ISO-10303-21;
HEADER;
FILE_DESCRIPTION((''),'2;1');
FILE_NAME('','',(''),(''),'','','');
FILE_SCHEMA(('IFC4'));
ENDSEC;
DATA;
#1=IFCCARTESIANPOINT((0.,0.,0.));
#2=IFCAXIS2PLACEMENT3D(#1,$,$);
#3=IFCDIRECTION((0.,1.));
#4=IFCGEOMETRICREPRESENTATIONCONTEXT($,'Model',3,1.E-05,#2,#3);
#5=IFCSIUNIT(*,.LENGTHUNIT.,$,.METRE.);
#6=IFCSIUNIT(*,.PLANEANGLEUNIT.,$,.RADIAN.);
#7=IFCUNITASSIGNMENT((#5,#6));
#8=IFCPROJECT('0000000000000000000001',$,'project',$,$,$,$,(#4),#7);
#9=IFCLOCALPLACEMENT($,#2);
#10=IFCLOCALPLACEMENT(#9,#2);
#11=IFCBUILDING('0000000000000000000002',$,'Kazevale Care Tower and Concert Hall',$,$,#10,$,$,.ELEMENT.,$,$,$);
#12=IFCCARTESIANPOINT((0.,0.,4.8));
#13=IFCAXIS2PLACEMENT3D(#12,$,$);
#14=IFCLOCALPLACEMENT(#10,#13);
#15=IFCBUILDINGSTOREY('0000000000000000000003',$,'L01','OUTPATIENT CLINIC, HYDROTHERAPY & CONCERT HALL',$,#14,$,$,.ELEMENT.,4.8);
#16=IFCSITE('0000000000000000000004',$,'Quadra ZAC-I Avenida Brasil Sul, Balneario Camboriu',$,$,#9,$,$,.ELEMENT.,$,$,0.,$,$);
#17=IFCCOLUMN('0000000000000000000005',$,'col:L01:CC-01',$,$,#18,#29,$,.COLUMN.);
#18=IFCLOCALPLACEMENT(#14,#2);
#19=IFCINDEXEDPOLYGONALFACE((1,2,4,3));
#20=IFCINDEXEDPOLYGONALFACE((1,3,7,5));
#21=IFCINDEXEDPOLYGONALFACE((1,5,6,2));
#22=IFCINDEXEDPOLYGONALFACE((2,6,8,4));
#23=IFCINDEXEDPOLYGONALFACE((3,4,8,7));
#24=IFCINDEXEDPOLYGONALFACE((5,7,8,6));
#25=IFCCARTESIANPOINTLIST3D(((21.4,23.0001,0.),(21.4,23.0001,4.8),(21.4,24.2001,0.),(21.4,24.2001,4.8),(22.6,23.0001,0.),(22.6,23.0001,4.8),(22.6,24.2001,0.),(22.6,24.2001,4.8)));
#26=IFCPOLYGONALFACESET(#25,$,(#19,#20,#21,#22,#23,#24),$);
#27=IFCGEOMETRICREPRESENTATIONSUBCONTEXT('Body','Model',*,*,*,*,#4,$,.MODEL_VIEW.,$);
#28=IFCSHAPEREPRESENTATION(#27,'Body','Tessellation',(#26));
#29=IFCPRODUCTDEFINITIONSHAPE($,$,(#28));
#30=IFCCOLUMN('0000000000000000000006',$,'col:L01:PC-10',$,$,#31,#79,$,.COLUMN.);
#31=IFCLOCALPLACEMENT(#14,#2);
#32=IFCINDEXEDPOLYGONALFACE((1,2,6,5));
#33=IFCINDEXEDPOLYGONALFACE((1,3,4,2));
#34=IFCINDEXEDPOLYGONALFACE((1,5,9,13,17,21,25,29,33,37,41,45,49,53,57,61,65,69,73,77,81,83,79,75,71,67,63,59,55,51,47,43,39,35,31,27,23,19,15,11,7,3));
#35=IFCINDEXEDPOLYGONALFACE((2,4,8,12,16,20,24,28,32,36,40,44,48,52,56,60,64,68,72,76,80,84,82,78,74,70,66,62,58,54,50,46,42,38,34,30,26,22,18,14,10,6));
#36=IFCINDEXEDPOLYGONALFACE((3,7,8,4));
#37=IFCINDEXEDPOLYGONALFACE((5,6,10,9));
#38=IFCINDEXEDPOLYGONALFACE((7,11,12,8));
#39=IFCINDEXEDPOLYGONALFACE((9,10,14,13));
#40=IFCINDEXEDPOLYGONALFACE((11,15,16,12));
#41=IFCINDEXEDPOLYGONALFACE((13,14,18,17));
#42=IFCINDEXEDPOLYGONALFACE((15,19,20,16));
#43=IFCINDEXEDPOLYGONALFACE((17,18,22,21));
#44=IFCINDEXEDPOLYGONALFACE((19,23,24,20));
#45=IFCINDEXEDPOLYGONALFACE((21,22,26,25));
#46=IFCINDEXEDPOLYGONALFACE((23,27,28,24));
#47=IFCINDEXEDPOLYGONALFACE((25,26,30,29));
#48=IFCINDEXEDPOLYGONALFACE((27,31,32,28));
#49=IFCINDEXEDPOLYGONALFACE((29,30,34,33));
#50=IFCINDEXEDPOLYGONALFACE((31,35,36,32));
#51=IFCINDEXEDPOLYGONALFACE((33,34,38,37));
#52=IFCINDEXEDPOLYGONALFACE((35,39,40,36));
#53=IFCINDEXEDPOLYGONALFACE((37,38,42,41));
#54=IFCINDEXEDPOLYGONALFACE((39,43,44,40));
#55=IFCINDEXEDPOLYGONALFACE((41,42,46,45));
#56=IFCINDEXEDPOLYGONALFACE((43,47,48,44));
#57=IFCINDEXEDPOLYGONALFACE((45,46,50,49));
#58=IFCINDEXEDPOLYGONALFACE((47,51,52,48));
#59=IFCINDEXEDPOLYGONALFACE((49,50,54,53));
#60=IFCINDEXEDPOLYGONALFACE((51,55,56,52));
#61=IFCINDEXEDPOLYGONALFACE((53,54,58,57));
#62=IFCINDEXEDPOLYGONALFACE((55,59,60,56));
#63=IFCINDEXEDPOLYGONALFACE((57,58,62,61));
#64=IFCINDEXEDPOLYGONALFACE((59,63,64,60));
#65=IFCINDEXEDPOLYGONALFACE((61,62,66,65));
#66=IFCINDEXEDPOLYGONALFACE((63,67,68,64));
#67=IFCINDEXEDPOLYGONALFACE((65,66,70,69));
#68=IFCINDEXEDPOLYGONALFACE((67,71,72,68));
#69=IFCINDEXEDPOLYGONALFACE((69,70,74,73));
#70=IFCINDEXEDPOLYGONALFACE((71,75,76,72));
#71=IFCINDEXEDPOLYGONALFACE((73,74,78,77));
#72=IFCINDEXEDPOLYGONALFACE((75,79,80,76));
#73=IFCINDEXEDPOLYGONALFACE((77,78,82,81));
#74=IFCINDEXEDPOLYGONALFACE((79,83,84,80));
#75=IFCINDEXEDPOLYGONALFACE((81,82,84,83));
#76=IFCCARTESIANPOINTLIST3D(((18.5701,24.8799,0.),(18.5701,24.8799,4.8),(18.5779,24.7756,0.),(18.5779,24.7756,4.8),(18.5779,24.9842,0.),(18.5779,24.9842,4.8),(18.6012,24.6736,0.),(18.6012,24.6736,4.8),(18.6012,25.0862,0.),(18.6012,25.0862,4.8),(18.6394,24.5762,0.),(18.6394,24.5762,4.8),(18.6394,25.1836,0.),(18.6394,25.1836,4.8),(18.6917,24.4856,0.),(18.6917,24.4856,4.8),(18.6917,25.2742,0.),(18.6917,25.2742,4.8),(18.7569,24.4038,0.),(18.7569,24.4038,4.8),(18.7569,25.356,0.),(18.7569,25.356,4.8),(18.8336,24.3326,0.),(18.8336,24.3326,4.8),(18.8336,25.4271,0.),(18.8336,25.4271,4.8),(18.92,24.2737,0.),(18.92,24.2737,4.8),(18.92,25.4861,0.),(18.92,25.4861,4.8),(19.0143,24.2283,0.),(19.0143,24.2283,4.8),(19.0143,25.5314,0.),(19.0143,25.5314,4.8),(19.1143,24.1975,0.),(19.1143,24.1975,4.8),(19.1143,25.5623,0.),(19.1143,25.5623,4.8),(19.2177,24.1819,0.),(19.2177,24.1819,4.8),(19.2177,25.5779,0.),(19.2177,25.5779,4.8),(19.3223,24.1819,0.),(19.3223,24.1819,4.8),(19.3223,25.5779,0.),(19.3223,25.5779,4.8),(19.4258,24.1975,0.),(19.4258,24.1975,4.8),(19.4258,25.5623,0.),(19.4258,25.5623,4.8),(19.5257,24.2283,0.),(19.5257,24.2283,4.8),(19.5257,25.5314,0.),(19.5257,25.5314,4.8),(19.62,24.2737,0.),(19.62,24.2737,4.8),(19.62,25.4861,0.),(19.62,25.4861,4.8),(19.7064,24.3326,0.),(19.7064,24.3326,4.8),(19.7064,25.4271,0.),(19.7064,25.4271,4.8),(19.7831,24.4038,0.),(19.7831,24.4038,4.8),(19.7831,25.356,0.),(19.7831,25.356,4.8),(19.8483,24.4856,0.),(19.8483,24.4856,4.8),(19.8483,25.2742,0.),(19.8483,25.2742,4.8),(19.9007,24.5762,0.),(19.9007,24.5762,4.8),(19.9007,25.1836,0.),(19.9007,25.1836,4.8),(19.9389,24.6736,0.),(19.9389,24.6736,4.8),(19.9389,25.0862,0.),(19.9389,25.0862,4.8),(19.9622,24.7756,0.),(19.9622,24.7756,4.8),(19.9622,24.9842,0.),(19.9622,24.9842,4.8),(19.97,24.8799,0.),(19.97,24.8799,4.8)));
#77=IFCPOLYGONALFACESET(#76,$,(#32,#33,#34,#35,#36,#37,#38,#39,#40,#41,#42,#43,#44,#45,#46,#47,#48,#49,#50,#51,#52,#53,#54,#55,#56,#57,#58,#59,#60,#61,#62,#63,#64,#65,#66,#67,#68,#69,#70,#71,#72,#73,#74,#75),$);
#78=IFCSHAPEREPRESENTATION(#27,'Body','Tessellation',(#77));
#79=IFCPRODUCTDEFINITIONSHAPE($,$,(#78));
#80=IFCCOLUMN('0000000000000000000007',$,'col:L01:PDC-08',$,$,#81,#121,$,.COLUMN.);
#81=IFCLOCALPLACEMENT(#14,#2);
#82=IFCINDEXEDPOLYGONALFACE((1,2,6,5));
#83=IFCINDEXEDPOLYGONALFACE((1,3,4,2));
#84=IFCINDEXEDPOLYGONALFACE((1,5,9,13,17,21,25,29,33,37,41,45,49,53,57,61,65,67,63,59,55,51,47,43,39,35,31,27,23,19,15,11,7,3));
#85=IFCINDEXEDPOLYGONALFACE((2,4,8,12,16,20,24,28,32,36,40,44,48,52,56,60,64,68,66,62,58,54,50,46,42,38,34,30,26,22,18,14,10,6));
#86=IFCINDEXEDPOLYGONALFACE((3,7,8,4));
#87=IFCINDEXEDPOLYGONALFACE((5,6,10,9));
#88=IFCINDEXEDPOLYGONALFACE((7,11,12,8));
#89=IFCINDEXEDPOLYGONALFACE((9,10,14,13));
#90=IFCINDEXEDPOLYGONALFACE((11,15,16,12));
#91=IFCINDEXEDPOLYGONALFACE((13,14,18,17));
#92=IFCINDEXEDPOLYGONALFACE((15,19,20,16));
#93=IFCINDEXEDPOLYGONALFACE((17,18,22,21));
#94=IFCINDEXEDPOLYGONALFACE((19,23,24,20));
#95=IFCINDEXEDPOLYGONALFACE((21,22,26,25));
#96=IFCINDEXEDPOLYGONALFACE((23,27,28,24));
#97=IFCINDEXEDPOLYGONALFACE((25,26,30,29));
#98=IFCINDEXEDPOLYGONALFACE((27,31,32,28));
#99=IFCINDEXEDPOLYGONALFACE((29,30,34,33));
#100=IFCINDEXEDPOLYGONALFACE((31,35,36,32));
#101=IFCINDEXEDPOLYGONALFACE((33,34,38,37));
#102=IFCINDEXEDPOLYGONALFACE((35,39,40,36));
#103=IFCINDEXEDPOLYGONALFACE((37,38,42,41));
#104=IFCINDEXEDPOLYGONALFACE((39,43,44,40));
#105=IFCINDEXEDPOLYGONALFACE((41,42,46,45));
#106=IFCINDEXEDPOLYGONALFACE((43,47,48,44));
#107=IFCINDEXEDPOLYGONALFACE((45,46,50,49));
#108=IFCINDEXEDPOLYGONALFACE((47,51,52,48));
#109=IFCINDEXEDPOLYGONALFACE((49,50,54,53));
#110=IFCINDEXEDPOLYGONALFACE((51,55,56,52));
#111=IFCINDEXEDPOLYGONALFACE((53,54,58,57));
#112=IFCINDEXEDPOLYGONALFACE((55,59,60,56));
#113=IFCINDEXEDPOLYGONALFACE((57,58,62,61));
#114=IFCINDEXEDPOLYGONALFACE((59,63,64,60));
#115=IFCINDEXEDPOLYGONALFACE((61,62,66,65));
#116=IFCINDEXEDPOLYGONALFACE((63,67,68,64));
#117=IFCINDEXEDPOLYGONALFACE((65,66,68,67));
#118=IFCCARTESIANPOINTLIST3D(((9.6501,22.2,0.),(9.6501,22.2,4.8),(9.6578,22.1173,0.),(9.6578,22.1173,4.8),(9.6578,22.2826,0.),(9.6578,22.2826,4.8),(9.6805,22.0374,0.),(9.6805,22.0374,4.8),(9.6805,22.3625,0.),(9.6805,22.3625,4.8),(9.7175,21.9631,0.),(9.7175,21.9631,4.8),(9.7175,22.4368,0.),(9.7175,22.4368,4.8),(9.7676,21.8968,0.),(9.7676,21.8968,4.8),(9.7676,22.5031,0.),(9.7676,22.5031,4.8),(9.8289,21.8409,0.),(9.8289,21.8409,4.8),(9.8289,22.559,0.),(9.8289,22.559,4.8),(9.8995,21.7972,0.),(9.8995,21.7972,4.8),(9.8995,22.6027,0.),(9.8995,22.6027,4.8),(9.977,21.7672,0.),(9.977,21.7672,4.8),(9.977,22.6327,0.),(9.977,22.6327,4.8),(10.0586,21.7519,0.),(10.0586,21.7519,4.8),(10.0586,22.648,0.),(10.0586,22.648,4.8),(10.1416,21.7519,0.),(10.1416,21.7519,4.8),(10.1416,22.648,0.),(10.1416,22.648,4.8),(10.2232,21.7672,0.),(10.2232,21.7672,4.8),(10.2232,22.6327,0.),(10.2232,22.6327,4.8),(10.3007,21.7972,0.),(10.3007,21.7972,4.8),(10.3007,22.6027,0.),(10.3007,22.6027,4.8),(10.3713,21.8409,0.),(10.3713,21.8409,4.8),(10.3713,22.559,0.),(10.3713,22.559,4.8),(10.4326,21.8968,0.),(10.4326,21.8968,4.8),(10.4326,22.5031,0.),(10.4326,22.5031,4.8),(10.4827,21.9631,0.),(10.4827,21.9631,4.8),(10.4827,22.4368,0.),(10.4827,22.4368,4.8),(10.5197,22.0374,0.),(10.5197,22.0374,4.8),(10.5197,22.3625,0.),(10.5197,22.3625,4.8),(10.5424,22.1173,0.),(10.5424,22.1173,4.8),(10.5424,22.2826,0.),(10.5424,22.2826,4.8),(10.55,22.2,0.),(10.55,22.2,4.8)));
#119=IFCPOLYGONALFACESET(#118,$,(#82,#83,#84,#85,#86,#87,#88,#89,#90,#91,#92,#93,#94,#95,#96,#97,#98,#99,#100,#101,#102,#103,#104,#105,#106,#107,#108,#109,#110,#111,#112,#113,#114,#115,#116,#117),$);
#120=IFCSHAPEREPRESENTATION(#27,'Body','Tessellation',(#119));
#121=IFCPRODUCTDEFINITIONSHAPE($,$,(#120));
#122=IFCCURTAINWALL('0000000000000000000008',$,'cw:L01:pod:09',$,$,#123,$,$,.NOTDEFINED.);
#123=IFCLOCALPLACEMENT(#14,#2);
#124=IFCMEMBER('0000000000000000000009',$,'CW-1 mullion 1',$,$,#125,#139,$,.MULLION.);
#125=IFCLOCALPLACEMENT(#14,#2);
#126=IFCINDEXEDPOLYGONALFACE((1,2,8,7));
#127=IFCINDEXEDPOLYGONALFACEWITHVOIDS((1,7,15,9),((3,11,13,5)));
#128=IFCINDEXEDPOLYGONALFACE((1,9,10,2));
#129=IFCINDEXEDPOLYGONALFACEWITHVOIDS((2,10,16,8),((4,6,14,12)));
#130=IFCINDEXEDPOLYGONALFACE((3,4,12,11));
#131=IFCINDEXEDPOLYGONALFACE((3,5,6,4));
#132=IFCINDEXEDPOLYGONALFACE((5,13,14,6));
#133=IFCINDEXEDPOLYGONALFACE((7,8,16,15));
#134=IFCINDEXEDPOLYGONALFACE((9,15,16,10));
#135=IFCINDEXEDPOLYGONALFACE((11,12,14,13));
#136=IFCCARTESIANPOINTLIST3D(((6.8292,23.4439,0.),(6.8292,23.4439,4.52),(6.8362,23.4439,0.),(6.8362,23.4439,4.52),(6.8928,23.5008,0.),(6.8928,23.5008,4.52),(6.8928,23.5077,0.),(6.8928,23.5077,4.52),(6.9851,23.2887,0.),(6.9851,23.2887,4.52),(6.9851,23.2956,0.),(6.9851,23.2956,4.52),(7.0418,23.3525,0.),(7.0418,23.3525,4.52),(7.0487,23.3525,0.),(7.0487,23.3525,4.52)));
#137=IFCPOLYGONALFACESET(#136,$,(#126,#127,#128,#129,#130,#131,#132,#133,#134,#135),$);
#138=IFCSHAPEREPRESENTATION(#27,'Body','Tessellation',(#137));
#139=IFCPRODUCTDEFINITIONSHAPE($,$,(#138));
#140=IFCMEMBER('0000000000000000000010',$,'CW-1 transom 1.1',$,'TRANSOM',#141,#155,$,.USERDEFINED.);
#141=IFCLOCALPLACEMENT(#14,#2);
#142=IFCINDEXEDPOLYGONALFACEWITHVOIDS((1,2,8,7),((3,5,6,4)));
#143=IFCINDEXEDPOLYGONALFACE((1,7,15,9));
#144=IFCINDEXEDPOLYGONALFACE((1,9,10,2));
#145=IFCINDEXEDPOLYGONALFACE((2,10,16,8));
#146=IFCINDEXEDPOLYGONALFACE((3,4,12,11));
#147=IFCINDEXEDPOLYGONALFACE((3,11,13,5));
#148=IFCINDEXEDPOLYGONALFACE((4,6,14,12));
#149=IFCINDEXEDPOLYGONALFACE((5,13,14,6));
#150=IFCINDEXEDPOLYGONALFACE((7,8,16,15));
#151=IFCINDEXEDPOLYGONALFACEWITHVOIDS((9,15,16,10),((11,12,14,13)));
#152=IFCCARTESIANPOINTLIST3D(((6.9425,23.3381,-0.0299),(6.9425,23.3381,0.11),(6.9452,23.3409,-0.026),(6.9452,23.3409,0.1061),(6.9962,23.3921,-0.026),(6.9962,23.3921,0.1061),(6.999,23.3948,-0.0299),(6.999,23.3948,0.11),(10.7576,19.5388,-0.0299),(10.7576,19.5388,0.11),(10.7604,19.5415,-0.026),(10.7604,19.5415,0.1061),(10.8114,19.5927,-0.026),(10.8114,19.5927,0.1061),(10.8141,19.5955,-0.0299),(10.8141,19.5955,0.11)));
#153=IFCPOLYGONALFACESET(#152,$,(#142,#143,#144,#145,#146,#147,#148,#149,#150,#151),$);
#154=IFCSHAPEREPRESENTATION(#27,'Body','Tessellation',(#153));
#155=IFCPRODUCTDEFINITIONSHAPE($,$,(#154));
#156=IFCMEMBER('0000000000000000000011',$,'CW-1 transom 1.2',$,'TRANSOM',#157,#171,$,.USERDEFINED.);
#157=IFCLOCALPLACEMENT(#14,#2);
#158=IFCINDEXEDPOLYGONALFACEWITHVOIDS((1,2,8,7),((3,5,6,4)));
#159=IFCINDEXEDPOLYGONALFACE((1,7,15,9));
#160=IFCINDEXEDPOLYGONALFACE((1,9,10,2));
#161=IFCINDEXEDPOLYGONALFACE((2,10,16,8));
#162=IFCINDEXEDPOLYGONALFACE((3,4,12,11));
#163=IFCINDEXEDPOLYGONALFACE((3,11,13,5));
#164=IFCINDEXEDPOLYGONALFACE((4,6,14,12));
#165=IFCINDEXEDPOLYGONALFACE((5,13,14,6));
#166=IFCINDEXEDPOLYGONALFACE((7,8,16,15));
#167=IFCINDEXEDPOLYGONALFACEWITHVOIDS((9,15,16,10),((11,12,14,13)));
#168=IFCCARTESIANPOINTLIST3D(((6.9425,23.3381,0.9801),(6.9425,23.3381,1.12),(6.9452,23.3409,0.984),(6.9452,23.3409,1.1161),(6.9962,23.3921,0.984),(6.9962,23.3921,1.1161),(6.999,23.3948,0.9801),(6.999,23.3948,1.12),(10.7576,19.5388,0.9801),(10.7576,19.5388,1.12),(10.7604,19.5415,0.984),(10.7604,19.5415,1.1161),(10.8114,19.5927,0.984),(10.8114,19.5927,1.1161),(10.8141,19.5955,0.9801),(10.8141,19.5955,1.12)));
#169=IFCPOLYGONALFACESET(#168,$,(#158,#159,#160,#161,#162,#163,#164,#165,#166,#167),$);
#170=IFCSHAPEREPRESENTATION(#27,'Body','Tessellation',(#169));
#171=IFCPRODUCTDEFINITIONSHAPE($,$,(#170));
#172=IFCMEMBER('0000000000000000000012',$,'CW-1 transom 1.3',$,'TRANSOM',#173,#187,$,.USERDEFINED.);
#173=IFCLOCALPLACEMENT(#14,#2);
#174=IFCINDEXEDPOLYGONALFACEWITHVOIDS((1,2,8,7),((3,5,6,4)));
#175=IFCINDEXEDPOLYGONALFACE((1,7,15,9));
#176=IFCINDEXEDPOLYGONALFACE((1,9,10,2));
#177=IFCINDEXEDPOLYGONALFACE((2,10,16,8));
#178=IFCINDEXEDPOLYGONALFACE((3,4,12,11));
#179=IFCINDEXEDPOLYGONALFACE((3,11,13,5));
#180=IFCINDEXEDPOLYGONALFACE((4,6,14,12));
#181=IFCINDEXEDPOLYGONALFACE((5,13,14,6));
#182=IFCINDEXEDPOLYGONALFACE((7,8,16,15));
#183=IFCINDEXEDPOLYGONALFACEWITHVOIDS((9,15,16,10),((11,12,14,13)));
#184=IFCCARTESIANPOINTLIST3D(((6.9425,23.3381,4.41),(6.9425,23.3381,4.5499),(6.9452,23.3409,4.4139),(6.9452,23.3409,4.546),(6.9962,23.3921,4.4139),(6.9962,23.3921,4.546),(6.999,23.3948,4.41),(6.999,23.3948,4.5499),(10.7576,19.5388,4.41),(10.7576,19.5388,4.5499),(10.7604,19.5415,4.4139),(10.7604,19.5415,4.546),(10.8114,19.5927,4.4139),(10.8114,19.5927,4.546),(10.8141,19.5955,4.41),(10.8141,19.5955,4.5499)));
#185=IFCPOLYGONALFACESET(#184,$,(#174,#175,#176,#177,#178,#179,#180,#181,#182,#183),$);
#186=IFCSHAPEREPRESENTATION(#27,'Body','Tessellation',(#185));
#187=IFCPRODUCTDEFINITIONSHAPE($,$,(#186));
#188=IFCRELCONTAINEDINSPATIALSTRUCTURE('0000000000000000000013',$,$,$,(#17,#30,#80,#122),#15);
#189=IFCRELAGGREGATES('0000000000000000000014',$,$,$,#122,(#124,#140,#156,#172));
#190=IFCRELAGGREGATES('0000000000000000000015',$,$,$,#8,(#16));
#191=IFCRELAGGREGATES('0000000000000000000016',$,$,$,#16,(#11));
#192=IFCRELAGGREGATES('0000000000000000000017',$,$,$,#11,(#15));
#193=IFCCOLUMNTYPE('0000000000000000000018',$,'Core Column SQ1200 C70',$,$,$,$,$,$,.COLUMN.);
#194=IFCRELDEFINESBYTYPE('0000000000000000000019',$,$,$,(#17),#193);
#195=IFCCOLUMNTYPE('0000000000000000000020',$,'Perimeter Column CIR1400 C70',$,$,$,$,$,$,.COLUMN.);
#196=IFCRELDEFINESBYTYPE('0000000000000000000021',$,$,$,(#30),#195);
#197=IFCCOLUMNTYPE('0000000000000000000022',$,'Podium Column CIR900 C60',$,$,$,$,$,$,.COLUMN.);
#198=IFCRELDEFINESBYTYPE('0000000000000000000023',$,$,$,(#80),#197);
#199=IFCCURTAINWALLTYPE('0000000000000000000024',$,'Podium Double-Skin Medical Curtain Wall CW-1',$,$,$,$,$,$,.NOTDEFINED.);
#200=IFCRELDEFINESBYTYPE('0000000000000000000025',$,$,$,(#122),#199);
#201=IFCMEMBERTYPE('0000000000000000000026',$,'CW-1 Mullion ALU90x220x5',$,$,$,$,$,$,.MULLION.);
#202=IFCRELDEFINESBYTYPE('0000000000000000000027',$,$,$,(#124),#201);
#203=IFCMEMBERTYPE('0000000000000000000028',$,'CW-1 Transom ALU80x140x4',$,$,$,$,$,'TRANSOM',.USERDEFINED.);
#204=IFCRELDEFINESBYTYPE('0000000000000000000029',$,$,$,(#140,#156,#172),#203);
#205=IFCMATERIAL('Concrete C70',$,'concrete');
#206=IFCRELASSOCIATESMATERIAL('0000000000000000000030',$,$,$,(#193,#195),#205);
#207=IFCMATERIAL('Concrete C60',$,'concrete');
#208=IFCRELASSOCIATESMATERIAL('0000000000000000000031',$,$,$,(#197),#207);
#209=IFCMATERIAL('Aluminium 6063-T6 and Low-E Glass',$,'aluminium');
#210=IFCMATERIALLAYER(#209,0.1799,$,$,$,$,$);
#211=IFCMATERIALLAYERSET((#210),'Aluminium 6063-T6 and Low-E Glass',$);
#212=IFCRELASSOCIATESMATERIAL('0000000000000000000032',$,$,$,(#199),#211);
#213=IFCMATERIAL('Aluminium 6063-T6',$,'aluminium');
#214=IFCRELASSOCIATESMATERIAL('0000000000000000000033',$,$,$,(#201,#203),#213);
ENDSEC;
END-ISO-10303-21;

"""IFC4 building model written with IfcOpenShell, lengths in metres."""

from ifc_helpers import new_model, si_unit, direction, frame, origin, origin_2d, place, context, subcontext, project, spatial, rectangle, hollow_rectangle, circle, extrude, material, layer, layer_set, material_profile, profile_set, type_object, element, aggregate, save


model = new_model("IFC4")

# Units and contexts
model_context = context("Model", 3, precision=1e-05, world=origin(), true_north=direction((0.0, 1.0)))
body_context = subcontext(model_context, "Body", "Model", "MODEL_VIEW")
ifc_project = project(units=[si_unit("LENGTHUNIT", "METRE"), si_unit("PLANEANGLEUNIT", "RADIAN")], contexts=[model_context])

# Site, building, storey
site_placement = place(None, origin())
site = spatial("IfcSite", under=ifc_project, at=site_placement, Name="Quadra ZAC-I Avenida Brasil Sul, Balneario Camboriu", CompositionType="ELEMENT", RefElevation=0.0)
building_placement = place(site_placement, origin())
building = spatial("IfcBuilding", under=site, at=building_placement, Name="Kazevale Care Tower and Concert Hall", CompositionType="ELEMENT")
storey_placement = place(building_placement, frame((0.0, 0.0, 4.8)))
storey = spatial("IfcBuildingStorey", under=building, at=storey_placement, Name="L01", Description="OUTPATIENT CLINIC, HYDROTHERAPY & CONCERT HALL", CompositionType="ELEMENT", Elevation=4.8)

# Columns
ifc_material_1 = material(Name="Concrete C70", Category="concrete")
ifc_material_profile_1 = material_profile(ifc_material_1, rectangle(XDim=1.2, YDim=1.2, at=origin_2d()), Name="RC-SQ1200")
ifc_profile_set_1 = profile_set([ifc_material_profile_1], Name="Concrete C70")
column_type_1 = type_object("IfcColumnType", Name="Core Column SQ1200 C70", PredefinedType="COLUMN", material=ifc_profile_set_1)
column_1_placement = place(storey_placement, frame((22.0, 23.6001, 0.0), z_axis=(0.0, 0.0, 1.0), x_axis=(1.0, 0.0, 0.0)))
element("IfcColumn", 1, at=column_1_placement, inside=storey, type_object=column_type_1, Name="col:L01:CC-01", PredefinedType="COLUMN", context=body_context, shape_type="SweptSolid", body=[
    extrude(rectangle(XDim=1.2, YDim=1.2, at=origin_2d()), origin(), (0.0, 0.0, 1.0), 4.8),
])
ifc_material_profile_2 = material_profile(ifc_material_1, circle(Radius=0.7, at=origin_2d()), Name="RC-CIR1400")
ifc_profile_set_2 = profile_set([ifc_material_profile_2], Name="Concrete C70")
column_type_2 = type_object("IfcColumnType", Name="Perimeter Column CIR1400 C70", PredefinedType="COLUMN", material=ifc_profile_set_2)
column_2_placement = place(storey_placement, frame((19.27, 24.8799, 0.0), z_axis=(0.0, 0.0, 1.0), x_axis=(1.0, 0.0, 0.0)))
element("IfcColumn", 2, at=column_2_placement, inside=storey, type_object=column_type_2, Name="col:L01:PC-10", PredefinedType="COLUMN", context=body_context, shape_type="SweptSolid", body=[
    extrude(circle(Radius=0.7, at=origin_2d()), origin(), (0.0, 0.0, 1.0), 4.8),
])
ifc_material_2 = material(Name="Concrete C60", Category="concrete")
ifc_material_profile_3 = material_profile(ifc_material_2, circle(Radius=0.45, at=origin_2d()), Name="RC-CIR900")
ifc_profile_set_3 = profile_set([ifc_material_profile_3], Name="Concrete C60")
column_type_3 = type_object("IfcColumnType", Name="Podium Column CIR900 C60", PredefinedType="COLUMN", material=ifc_profile_set_3)
column_3_placement = place(storey_placement, frame((10.1001, 22.2, 0.0), z_axis=(0.0, 0.0, 1.0), x_axis=(1.0, 0.0, 0.0)))
element("IfcColumn", 3, at=column_3_placement, inside=storey, type_object=column_type_3, Name="col:L01:PDC-08", PredefinedType="COLUMN", context=body_context, shape_type="SweptSolid", body=[
    extrude(circle(Radius=0.45, at=origin_2d()), origin(), (0.0, 0.0, 1.0), 4.8),
])

# Curtain wall, members
ifc_material_3 = material(Name="Aluminium 6063-T6 and Low-E Glass", Category="aluminium")
ifc_layer_1 = layer(ifc_material_3, 0.1799)
ifc_layer_set_1 = layer_set([ifc_layer_1], Name="Aluminium 6063-T6 and Low-E Glass")
curtain_wall_type = type_object("IfcCurtainWallType", Name="Podium Double-Skin Medical Curtain Wall CW-1", PredefinedType="NOTDEFINED", material=ifc_layer_set_1)
curtain_wall_placement = place(storey_placement, origin())
curtain_wall = element("IfcCurtainWall", 4, at=curtain_wall_placement, inside=storey, type_object=curtain_wall_type, Name="cw:L01:pod:09", PredefinedType="NOTDEFINED")
ifc_material_4 = material(Name="Aluminium 6063-T6", Category="aluminium")
ifc_material_profile_4 = material_profile(ifc_material_4, hollow_rectangle(XDim=0.0901, YDim=0.22, WallThickness=0.0049, at=origin_2d()), Name="ALU90x220x5")
ifc_profile_set_4 = profile_set([ifc_material_profile_4], Name="Aluminium 6063-T6")
member_type_1 = type_object("IfcMemberType", Name="CW-1 Mullion ALU90x220x5", PredefinedType="MULLION", material=ifc_profile_set_4)
member_1_placement = place(storey_placement, frame((6.939, 23.3982, 0.0), z_axis=(0.0, 0.0, 1.0), x_axis=(0.705656, 0.708555, 0.0)))
member_1 = element("IfcMember", 5, at=member_1_placement, type_object=member_type_1, Name="CW-1 mullion 1", PredefinedType="MULLION", context=body_context, shape_type="SweptSolid", body=[
    extrude(hollow_rectangle(XDim=0.0901, YDim=0.22, WallThickness=0.0049, at=origin_2d()), origin(), (0.0, 0.0, 1.0), 4.52),
])
ifc_material_profile_5 = material_profile(ifc_material_4, hollow_rectangle(XDim=0.0801, YDim=0.1399, WallThickness=0.0039, at=origin_2d()), Name="ALU80x140x4")
ifc_profile_set_5 = profile_set([ifc_material_profile_5], Name="Aluminium 6063-T6")
member_type_2 = type_object("IfcMemberType", Name="CW-1 Transom ALU80x140x4", ElementType="TRANSOM", PredefinedType="USERDEFINED", material=ifc_profile_set_5)
member_2_placement = place(storey_placement, frame((6.9707, 23.3665, 0.04), z_axis=(0.708579, -0.705632, 0.0), x_axis=(0.705632, 0.708579, 0.0)))
member_2 = element("IfcMember", 6, at=member_2_placement, type_object=member_type_2, Name="CW-1 transom 1.1", ObjectType="TRANSOM", PredefinedType="USERDEFINED", context=body_context, shape_type="SweptSolid", body=[
    extrude(hollow_rectangle(XDim=0.0801, YDim=0.1399, WallThickness=0.0039, at=origin_2d()), origin(), (0.0, 0.0, 1.0), 5.3843),
])
member_3_placement = place(storey_placement, frame((6.9707, 23.3665, 1.05), z_axis=(0.708579, -0.705632, 0.0), x_axis=(0.705632, 0.708579, 0.0)))
member_3 = element("IfcMember", 7, at=member_3_placement, type_object=member_type_2, Name="CW-1 transom 1.2", ObjectType="TRANSOM", PredefinedType="USERDEFINED", context=body_context, shape_type="SweptSolid", body=[
    extrude(hollow_rectangle(XDim=0.0801, YDim=0.1399, WallThickness=0.0039, at=origin_2d()), origin(), (0.0, 0.0, 1.0), 5.3843),
])
member_4_placement = place(storey_placement, frame((6.9707, 23.3665, 4.48), z_axis=(0.708579, -0.705632, 0.0), x_axis=(0.705632, 0.708579, 0.0)))
member_4 = element("IfcMember", 8, at=member_4_placement, type_object=member_type_2, Name="CW-1 transom 1.3", ObjectType="TRANSOM", PredefinedType="USERDEFINED", context=body_context, shape_type="SweptSolid", body=[
    extrude(hollow_rectangle(XDim=0.0801, YDim=0.1399, WallThickness=0.0039, at=origin_2d()), origin(), (0.0, 0.0, 1.0), 5.3843),
])

aggregate(curtain_wall, [member_1, member_2, member_3, member_4])

save(model, "model.ifc")
